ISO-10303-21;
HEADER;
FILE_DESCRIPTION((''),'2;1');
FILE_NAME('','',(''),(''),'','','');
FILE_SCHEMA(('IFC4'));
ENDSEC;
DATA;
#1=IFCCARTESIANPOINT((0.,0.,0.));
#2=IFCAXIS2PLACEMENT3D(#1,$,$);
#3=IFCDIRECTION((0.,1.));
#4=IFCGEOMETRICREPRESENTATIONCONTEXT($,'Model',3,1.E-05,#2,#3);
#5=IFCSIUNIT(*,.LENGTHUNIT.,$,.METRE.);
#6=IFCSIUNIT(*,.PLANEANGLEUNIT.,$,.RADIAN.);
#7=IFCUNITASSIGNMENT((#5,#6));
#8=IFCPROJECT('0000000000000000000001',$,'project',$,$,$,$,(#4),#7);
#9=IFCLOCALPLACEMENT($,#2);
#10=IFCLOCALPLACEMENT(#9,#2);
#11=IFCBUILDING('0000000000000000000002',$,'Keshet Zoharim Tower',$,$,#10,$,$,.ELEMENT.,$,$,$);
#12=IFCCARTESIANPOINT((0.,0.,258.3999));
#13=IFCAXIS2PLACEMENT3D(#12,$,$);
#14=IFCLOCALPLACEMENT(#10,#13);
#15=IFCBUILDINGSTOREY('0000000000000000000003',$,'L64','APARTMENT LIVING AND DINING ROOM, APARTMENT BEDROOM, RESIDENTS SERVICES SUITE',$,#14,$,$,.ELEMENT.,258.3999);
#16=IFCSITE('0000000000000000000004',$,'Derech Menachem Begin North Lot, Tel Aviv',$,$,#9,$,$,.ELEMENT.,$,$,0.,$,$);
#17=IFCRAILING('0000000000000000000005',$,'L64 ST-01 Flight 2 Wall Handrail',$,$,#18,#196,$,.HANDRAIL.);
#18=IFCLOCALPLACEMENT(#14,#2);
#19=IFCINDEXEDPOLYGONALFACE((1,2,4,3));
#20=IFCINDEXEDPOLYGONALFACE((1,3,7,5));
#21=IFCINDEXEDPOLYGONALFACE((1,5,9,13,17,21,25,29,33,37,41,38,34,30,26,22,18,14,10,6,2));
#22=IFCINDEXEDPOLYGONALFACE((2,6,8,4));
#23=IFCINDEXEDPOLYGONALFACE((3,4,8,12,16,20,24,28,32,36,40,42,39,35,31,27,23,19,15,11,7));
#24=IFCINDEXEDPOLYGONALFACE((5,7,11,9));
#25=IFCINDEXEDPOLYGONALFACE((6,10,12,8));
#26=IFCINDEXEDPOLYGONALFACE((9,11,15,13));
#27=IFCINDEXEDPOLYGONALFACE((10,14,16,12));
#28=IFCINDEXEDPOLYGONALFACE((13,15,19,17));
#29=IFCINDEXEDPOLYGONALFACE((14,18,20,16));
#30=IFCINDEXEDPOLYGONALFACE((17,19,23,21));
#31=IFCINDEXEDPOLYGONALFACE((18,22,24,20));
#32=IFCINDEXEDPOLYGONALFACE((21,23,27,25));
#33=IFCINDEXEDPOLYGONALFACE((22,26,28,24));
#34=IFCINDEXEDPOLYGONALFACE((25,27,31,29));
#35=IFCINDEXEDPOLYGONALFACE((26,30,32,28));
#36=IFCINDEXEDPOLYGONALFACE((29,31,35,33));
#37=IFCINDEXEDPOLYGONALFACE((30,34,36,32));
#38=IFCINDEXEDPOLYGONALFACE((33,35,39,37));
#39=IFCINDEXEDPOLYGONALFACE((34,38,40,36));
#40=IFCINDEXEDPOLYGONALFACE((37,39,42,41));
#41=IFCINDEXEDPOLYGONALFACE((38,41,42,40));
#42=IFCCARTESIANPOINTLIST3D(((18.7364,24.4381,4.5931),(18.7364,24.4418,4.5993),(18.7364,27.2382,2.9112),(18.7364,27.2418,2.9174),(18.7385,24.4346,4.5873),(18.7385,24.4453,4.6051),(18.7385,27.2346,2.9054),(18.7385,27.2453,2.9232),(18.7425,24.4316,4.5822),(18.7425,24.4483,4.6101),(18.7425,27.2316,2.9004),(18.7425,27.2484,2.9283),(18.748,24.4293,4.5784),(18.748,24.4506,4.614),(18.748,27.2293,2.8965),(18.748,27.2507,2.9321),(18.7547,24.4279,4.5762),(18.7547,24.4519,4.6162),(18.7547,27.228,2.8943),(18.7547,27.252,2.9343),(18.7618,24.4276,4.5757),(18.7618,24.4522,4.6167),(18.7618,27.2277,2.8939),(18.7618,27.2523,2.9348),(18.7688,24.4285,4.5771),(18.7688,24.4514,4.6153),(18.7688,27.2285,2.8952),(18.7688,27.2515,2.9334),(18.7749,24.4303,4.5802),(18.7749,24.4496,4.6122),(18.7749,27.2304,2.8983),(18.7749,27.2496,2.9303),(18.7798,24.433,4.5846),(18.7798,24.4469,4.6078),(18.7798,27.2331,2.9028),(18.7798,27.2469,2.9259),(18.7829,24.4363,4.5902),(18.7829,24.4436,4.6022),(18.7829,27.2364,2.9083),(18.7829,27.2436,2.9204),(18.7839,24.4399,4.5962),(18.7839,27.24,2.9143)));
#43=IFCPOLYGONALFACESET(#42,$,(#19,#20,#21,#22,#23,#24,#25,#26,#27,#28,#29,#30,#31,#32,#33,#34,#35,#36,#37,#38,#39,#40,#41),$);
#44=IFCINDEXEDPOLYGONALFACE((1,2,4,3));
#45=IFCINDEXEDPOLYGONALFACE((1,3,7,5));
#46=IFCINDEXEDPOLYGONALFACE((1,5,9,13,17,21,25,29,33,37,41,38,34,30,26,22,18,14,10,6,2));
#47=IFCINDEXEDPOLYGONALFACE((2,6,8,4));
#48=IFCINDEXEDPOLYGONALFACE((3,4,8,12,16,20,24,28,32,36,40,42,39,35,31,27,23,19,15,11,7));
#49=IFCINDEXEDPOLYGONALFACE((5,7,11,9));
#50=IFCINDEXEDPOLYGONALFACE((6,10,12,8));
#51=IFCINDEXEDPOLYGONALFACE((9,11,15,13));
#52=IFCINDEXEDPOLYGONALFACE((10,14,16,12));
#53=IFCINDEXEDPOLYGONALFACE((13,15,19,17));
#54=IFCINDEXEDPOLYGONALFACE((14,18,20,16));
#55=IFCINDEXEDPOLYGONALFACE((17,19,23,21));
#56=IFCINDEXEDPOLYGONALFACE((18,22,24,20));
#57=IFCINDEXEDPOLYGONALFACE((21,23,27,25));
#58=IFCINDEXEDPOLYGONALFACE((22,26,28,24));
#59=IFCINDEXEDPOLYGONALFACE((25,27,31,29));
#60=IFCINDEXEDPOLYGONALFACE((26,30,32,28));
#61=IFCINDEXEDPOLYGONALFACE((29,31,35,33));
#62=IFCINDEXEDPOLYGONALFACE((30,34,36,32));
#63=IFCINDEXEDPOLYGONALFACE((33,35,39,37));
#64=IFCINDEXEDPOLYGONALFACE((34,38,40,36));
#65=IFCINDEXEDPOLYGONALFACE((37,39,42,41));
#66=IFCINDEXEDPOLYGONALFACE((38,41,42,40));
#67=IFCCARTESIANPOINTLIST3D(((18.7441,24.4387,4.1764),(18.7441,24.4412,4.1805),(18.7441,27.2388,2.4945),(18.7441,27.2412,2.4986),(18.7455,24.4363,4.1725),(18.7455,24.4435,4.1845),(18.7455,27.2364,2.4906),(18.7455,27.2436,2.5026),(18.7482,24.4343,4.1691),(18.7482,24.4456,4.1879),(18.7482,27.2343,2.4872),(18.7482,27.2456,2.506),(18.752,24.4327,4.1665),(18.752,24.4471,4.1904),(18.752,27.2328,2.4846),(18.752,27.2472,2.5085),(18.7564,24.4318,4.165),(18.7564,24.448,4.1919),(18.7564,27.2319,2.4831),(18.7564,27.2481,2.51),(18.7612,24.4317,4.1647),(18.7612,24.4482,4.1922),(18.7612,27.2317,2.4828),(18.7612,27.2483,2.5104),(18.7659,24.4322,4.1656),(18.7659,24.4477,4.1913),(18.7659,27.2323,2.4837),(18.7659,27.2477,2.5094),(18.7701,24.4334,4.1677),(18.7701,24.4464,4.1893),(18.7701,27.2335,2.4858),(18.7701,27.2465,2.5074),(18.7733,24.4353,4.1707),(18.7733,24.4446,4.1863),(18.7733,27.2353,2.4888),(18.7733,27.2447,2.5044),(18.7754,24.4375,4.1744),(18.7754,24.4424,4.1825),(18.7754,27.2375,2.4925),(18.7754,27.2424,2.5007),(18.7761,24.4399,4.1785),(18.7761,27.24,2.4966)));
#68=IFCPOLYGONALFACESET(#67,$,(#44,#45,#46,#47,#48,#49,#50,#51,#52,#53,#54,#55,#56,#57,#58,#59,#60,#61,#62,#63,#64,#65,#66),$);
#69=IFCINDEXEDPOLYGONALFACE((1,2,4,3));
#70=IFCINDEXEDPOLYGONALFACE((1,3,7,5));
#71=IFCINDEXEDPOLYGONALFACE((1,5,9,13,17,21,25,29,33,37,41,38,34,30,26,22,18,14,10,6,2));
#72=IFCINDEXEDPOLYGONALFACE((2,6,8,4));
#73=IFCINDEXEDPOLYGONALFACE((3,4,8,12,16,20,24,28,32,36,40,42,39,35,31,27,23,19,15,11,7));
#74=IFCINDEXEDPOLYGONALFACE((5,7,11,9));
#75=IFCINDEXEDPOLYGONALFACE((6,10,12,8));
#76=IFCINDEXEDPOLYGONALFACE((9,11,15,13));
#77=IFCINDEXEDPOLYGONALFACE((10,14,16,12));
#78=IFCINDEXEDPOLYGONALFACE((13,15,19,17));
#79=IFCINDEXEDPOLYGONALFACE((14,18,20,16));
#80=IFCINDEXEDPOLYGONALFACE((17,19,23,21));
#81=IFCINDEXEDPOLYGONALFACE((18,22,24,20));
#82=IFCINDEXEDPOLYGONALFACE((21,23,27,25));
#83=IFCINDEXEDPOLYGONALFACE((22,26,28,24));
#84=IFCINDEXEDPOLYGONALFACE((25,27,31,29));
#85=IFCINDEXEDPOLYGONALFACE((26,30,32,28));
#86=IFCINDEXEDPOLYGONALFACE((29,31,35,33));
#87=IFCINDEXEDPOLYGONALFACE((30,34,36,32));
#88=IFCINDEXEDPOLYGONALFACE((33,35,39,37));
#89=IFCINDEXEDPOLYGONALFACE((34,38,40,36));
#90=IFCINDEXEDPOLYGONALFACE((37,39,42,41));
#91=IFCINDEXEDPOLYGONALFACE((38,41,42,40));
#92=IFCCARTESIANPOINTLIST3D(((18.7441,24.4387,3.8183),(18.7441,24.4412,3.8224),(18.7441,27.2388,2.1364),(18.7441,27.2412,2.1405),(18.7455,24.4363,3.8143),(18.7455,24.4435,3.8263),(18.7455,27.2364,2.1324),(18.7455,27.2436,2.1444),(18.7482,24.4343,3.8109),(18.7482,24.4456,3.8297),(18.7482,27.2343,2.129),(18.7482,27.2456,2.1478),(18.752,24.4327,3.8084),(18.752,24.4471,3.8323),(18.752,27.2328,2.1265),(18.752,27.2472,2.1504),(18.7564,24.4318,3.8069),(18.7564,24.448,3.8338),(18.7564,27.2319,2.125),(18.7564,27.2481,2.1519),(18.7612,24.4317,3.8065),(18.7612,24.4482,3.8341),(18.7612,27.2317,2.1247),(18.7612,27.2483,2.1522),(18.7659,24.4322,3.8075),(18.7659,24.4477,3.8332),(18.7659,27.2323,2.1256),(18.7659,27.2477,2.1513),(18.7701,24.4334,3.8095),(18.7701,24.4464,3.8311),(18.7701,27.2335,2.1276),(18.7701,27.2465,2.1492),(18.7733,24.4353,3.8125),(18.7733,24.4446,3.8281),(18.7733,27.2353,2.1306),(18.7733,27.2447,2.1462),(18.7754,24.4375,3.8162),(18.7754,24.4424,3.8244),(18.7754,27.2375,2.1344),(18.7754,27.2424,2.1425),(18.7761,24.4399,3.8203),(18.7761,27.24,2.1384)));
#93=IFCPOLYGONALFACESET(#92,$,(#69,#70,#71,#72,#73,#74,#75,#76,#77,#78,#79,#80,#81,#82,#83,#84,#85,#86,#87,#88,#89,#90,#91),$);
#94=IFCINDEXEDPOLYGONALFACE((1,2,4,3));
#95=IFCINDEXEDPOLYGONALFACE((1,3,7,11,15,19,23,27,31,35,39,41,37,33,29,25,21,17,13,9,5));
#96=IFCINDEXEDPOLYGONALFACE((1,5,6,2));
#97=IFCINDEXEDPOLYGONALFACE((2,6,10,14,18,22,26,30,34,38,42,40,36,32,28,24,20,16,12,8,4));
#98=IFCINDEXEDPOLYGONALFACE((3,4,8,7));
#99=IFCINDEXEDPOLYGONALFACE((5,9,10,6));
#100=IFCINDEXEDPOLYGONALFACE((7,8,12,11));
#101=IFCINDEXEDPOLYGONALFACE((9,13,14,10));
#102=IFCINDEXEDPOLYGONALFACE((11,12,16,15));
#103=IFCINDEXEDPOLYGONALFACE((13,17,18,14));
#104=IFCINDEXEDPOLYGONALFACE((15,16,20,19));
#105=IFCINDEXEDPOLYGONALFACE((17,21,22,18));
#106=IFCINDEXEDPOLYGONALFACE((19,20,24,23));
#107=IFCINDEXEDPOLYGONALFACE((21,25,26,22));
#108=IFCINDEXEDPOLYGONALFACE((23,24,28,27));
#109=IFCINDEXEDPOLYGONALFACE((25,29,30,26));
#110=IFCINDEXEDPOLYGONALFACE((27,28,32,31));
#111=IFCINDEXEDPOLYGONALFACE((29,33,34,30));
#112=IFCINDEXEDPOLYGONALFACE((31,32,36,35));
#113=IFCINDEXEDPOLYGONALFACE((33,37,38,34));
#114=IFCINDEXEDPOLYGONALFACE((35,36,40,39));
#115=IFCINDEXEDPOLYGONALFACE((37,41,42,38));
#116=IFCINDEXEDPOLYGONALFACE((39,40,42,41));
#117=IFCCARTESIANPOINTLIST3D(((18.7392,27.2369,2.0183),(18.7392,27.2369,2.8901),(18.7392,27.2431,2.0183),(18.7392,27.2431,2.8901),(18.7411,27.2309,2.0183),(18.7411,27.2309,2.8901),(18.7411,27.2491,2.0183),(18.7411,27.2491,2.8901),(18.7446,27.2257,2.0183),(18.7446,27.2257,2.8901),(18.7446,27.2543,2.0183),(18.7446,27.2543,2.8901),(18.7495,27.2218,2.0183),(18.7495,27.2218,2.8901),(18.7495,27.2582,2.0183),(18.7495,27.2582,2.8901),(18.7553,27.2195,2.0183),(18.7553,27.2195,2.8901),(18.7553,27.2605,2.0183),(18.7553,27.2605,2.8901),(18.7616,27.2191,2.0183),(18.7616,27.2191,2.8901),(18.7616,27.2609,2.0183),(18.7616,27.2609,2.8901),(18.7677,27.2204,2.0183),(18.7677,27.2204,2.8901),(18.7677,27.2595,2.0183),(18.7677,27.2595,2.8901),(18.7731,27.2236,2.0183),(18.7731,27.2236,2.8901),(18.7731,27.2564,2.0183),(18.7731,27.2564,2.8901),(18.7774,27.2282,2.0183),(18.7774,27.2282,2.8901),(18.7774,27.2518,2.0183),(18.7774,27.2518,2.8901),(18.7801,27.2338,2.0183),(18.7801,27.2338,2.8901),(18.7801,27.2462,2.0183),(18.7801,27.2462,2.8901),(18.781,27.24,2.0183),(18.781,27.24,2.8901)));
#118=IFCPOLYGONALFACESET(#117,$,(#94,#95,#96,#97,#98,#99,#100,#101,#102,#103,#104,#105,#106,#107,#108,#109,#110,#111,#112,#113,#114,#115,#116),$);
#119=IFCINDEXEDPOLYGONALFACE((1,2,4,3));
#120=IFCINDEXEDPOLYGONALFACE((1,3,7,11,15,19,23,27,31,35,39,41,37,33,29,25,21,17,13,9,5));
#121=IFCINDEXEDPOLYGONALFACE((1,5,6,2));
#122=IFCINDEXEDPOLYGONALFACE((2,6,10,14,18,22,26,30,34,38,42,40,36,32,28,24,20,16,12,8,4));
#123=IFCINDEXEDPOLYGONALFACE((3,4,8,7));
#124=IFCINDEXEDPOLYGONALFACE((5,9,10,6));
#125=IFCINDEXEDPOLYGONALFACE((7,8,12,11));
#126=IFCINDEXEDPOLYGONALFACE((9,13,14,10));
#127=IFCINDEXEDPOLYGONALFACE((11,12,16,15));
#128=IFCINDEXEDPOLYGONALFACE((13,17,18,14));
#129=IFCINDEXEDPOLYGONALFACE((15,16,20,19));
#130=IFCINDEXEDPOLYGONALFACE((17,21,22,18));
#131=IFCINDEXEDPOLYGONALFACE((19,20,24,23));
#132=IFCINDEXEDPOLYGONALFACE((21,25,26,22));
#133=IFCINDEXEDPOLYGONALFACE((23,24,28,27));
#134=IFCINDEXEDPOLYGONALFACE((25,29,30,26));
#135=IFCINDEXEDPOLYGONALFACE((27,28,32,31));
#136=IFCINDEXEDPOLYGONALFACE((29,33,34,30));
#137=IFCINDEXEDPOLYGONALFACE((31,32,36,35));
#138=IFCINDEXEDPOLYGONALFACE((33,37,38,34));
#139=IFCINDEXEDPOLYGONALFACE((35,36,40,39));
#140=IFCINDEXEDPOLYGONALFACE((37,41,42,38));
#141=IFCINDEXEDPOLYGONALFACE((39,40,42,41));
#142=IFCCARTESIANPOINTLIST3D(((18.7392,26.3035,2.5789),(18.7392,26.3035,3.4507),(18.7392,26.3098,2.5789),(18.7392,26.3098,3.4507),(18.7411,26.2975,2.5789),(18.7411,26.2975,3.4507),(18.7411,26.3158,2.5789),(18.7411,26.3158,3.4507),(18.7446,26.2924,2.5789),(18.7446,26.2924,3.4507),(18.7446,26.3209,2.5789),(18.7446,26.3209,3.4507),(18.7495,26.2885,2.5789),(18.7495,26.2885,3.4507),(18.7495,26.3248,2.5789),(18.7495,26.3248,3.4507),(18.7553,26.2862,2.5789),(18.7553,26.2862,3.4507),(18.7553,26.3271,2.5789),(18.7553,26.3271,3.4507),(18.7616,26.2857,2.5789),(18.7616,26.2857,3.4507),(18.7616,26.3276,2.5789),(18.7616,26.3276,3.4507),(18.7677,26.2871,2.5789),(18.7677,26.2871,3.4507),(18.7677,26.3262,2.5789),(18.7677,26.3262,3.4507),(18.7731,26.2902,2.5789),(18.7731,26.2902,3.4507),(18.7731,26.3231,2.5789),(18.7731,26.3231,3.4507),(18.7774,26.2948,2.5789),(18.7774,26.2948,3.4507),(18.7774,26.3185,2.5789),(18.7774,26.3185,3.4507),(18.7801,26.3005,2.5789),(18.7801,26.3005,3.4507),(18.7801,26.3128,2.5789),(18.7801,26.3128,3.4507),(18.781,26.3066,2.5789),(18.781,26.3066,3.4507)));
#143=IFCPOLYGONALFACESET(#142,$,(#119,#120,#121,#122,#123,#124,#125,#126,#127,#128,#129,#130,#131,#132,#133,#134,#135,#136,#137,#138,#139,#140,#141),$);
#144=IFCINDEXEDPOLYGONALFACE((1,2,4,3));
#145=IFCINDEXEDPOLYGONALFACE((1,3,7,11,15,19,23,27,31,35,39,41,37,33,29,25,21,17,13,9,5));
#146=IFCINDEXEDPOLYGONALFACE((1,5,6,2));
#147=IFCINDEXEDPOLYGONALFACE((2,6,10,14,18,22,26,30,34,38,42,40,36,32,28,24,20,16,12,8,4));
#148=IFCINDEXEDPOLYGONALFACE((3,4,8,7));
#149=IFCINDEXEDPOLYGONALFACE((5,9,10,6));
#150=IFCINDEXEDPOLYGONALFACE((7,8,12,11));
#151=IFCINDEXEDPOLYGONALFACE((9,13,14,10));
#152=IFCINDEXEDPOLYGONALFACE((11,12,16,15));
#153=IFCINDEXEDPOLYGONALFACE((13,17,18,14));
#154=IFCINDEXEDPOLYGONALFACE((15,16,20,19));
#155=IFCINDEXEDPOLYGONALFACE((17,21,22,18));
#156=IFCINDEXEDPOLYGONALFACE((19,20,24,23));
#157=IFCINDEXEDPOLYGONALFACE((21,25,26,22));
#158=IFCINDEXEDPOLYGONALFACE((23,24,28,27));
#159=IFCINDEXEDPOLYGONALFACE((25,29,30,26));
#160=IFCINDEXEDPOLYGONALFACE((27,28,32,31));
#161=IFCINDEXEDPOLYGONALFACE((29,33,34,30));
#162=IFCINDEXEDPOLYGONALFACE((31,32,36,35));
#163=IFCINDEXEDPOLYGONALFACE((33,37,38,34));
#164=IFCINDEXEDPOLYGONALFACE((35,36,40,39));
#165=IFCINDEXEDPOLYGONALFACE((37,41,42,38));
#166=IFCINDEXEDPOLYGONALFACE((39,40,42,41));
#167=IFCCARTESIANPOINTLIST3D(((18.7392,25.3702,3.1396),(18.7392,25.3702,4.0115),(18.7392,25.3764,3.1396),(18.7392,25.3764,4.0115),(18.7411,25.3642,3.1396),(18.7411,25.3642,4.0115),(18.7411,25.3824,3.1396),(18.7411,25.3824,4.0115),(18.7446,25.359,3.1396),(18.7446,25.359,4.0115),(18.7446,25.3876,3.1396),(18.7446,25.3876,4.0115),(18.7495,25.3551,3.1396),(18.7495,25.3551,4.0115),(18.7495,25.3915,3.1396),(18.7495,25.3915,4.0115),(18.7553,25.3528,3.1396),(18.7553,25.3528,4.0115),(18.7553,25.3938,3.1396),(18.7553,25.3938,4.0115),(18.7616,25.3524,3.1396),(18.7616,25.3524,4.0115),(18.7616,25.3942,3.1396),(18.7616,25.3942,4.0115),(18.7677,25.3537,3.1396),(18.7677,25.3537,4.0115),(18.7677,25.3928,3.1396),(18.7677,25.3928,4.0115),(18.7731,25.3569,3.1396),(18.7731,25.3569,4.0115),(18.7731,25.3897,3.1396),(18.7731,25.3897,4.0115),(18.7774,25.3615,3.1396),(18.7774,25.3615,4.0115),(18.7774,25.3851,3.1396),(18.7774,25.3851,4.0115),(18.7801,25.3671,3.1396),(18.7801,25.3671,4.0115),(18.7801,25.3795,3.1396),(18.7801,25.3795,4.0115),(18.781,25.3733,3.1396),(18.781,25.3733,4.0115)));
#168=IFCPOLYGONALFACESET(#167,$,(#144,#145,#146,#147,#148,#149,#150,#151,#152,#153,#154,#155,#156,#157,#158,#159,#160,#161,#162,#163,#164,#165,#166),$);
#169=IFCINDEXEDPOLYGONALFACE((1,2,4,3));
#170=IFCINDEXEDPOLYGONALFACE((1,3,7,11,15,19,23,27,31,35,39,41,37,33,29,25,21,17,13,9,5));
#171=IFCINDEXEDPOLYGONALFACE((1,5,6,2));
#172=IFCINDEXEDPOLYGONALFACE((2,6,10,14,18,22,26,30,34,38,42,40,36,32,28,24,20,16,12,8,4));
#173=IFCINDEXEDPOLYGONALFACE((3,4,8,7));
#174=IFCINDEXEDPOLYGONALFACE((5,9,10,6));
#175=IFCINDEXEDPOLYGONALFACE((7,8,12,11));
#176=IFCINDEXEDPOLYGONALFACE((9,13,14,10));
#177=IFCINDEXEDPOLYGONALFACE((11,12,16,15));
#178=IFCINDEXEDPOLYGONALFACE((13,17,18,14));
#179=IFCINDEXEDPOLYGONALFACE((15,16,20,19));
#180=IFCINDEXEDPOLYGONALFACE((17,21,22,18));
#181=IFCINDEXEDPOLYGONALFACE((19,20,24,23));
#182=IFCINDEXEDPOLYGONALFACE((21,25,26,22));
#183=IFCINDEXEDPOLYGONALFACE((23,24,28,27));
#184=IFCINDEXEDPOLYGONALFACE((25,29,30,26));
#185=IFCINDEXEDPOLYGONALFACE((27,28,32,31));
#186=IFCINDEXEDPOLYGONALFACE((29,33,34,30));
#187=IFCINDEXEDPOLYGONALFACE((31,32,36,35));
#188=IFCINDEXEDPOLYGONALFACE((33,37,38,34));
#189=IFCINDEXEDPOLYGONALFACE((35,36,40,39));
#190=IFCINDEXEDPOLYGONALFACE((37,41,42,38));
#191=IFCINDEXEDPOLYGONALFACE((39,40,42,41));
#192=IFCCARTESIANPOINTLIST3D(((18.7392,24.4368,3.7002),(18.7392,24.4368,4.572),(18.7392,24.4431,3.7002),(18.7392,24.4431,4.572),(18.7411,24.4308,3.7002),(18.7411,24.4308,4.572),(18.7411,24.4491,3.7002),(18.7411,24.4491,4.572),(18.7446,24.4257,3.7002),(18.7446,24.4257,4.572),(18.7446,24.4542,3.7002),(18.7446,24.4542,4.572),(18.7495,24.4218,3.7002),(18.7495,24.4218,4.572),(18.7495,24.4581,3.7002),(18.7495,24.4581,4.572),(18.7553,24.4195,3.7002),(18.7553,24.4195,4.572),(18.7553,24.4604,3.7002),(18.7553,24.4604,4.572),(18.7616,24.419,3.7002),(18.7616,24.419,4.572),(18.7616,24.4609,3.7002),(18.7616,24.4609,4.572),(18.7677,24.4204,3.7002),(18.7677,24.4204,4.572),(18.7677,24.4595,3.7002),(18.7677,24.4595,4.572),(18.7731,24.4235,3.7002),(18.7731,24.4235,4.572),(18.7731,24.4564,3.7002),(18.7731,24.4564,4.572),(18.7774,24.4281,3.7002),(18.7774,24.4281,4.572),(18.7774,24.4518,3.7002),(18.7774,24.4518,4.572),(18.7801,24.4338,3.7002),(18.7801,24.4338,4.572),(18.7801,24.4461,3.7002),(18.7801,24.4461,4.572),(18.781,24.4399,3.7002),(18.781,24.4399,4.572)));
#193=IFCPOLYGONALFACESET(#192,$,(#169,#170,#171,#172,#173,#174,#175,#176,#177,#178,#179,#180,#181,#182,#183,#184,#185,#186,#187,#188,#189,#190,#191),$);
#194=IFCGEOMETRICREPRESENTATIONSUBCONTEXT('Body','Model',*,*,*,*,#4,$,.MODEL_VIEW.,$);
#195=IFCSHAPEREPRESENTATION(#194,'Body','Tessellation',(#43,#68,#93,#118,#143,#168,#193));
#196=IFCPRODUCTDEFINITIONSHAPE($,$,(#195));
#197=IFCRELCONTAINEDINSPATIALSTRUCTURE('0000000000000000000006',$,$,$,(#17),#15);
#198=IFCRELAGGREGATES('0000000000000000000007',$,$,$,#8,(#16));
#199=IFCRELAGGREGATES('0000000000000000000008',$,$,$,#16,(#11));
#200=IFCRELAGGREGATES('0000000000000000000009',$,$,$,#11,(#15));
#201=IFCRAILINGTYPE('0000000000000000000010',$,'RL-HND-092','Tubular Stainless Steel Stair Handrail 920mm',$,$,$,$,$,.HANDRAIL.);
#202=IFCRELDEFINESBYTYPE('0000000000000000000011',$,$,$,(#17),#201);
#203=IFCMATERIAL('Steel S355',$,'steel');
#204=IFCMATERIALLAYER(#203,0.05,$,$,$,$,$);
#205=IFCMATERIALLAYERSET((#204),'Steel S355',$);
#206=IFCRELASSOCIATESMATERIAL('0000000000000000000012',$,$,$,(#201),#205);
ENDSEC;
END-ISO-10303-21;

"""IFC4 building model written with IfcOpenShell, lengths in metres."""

from ifc_helpers import new_model, si_unit, direction, frame, origin, origin_2d, place, context, subcontext, project, spatial, circle, extrude, material, layer, layer_set, type_object, element, save


model = new_model("IFC4")

# Units and contexts
model_context = context("Model", 3, precision=1e-05, world=origin(), true_north=direction((0.0, 1.0)))
body_context = subcontext(model_context, "Body", "Model", "MODEL_VIEW")
ifc_project = project(units=[si_unit("LENGTHUNIT", "METRE"), si_unit("PLANEANGLEUNIT", "RADIAN")], contexts=[model_context])

# Site, building, storey
site_placement = place(None, origin())
site = spatial("IfcSite", under=ifc_project, at=site_placement, Name="Derech Menachem Begin North Lot, Tel Aviv", CompositionType="ELEMENT", RefElevation=0.0)
building_placement = place(site_placement, origin())
building = spatial("IfcBuilding", under=site, at=building_placement, Name="Keshet Zoharim Tower", CompositionType="ELEMENT")
storey_placement = place(building_placement, frame((0.0, 0.0, 258.3999)))
storey = spatial("IfcBuildingStorey", under=building, at=storey_placement, Name="L64", Description="APARTMENT LIVING AND DINING ROOM, APARTMENT BEDROOM, RESIDENTS SERVICES SUITE", CompositionType="ELEMENT", Elevation=258.3999)

# Shared definitions
ifc_material_1 = material(Name="Steel S355", Category="steel")

# Railing
ifc_layer_1 = layer(ifc_material_1, 0.05)
ifc_layer_set_1 = layer_set([ifc_layer_1], Name="Steel S355")
railing_type_1 = type_object("IfcRailingType", Name="RL-HND-092", Description="Tubular Stainless Steel Stair Handrail 920mm", PredefinedType="HANDRAIL", material=ifc_layer_set_1)
railing_1_placement = place(storey_placement, frame((18.76, 27.24, 2.0183)))
element("IfcRailing", 1, at=railing_1_placement, inside=storey, type_object=railing_type_1, Name="L64 ST-01 Flight 2 Wall Handrail", PredefinedType="HANDRAIL", context=body_context, shape_type="SweptSolid", body=[
    extrude(circle(Radius=0.0239, at=origin_2d()), frame((0.0, 0.0, 0.896), z_axis=(0.0, -0.857242, 0.514913), x_axis=(1.0, 0.0, 0.0)), (0.0, 0.0, 1.0), 3.2664),
    extrude(circle(Radius=0.0161, at=origin_2d()), frame((0.0, 0.0, 0.4783), z_axis=(0.0, -0.857242, 0.514913), x_axis=(1.0, 0.0, 0.0)), (0.0, 0.0, 1.0), 3.2664),
    extrude(circle(Radius=0.0161, at=origin_2d()), frame((0.0, 0.0, 0.1201), z_axis=(0.0, -0.857242, 0.514913), x_axis=(1.0, 0.0, 0.0)), (0.0, 0.0, 1.0), 3.2664),
    extrude(circle(Radius=0.021, at=origin_2d()), origin(), (0.0, 0.0, 1.0), 0.8718),
    extrude(circle(Radius=0.021, at=origin_2d()), frame((0.0, -0.9333, 0.5605)), (0.0, 0.0, 1.0), 0.8718),
    extrude(circle(Radius=0.021, at=origin_2d()), frame((0.0, -1.8667, 1.1213)), (0.0, 0.0, 1.0), 0.8718),
    extrude(circle(Radius=0.021, at=origin_2d()), frame((0.0, -2.8, 1.6819)), (0.0, 0.0, 1.0), 0.8718),
])

save(model, "model.ifc")
